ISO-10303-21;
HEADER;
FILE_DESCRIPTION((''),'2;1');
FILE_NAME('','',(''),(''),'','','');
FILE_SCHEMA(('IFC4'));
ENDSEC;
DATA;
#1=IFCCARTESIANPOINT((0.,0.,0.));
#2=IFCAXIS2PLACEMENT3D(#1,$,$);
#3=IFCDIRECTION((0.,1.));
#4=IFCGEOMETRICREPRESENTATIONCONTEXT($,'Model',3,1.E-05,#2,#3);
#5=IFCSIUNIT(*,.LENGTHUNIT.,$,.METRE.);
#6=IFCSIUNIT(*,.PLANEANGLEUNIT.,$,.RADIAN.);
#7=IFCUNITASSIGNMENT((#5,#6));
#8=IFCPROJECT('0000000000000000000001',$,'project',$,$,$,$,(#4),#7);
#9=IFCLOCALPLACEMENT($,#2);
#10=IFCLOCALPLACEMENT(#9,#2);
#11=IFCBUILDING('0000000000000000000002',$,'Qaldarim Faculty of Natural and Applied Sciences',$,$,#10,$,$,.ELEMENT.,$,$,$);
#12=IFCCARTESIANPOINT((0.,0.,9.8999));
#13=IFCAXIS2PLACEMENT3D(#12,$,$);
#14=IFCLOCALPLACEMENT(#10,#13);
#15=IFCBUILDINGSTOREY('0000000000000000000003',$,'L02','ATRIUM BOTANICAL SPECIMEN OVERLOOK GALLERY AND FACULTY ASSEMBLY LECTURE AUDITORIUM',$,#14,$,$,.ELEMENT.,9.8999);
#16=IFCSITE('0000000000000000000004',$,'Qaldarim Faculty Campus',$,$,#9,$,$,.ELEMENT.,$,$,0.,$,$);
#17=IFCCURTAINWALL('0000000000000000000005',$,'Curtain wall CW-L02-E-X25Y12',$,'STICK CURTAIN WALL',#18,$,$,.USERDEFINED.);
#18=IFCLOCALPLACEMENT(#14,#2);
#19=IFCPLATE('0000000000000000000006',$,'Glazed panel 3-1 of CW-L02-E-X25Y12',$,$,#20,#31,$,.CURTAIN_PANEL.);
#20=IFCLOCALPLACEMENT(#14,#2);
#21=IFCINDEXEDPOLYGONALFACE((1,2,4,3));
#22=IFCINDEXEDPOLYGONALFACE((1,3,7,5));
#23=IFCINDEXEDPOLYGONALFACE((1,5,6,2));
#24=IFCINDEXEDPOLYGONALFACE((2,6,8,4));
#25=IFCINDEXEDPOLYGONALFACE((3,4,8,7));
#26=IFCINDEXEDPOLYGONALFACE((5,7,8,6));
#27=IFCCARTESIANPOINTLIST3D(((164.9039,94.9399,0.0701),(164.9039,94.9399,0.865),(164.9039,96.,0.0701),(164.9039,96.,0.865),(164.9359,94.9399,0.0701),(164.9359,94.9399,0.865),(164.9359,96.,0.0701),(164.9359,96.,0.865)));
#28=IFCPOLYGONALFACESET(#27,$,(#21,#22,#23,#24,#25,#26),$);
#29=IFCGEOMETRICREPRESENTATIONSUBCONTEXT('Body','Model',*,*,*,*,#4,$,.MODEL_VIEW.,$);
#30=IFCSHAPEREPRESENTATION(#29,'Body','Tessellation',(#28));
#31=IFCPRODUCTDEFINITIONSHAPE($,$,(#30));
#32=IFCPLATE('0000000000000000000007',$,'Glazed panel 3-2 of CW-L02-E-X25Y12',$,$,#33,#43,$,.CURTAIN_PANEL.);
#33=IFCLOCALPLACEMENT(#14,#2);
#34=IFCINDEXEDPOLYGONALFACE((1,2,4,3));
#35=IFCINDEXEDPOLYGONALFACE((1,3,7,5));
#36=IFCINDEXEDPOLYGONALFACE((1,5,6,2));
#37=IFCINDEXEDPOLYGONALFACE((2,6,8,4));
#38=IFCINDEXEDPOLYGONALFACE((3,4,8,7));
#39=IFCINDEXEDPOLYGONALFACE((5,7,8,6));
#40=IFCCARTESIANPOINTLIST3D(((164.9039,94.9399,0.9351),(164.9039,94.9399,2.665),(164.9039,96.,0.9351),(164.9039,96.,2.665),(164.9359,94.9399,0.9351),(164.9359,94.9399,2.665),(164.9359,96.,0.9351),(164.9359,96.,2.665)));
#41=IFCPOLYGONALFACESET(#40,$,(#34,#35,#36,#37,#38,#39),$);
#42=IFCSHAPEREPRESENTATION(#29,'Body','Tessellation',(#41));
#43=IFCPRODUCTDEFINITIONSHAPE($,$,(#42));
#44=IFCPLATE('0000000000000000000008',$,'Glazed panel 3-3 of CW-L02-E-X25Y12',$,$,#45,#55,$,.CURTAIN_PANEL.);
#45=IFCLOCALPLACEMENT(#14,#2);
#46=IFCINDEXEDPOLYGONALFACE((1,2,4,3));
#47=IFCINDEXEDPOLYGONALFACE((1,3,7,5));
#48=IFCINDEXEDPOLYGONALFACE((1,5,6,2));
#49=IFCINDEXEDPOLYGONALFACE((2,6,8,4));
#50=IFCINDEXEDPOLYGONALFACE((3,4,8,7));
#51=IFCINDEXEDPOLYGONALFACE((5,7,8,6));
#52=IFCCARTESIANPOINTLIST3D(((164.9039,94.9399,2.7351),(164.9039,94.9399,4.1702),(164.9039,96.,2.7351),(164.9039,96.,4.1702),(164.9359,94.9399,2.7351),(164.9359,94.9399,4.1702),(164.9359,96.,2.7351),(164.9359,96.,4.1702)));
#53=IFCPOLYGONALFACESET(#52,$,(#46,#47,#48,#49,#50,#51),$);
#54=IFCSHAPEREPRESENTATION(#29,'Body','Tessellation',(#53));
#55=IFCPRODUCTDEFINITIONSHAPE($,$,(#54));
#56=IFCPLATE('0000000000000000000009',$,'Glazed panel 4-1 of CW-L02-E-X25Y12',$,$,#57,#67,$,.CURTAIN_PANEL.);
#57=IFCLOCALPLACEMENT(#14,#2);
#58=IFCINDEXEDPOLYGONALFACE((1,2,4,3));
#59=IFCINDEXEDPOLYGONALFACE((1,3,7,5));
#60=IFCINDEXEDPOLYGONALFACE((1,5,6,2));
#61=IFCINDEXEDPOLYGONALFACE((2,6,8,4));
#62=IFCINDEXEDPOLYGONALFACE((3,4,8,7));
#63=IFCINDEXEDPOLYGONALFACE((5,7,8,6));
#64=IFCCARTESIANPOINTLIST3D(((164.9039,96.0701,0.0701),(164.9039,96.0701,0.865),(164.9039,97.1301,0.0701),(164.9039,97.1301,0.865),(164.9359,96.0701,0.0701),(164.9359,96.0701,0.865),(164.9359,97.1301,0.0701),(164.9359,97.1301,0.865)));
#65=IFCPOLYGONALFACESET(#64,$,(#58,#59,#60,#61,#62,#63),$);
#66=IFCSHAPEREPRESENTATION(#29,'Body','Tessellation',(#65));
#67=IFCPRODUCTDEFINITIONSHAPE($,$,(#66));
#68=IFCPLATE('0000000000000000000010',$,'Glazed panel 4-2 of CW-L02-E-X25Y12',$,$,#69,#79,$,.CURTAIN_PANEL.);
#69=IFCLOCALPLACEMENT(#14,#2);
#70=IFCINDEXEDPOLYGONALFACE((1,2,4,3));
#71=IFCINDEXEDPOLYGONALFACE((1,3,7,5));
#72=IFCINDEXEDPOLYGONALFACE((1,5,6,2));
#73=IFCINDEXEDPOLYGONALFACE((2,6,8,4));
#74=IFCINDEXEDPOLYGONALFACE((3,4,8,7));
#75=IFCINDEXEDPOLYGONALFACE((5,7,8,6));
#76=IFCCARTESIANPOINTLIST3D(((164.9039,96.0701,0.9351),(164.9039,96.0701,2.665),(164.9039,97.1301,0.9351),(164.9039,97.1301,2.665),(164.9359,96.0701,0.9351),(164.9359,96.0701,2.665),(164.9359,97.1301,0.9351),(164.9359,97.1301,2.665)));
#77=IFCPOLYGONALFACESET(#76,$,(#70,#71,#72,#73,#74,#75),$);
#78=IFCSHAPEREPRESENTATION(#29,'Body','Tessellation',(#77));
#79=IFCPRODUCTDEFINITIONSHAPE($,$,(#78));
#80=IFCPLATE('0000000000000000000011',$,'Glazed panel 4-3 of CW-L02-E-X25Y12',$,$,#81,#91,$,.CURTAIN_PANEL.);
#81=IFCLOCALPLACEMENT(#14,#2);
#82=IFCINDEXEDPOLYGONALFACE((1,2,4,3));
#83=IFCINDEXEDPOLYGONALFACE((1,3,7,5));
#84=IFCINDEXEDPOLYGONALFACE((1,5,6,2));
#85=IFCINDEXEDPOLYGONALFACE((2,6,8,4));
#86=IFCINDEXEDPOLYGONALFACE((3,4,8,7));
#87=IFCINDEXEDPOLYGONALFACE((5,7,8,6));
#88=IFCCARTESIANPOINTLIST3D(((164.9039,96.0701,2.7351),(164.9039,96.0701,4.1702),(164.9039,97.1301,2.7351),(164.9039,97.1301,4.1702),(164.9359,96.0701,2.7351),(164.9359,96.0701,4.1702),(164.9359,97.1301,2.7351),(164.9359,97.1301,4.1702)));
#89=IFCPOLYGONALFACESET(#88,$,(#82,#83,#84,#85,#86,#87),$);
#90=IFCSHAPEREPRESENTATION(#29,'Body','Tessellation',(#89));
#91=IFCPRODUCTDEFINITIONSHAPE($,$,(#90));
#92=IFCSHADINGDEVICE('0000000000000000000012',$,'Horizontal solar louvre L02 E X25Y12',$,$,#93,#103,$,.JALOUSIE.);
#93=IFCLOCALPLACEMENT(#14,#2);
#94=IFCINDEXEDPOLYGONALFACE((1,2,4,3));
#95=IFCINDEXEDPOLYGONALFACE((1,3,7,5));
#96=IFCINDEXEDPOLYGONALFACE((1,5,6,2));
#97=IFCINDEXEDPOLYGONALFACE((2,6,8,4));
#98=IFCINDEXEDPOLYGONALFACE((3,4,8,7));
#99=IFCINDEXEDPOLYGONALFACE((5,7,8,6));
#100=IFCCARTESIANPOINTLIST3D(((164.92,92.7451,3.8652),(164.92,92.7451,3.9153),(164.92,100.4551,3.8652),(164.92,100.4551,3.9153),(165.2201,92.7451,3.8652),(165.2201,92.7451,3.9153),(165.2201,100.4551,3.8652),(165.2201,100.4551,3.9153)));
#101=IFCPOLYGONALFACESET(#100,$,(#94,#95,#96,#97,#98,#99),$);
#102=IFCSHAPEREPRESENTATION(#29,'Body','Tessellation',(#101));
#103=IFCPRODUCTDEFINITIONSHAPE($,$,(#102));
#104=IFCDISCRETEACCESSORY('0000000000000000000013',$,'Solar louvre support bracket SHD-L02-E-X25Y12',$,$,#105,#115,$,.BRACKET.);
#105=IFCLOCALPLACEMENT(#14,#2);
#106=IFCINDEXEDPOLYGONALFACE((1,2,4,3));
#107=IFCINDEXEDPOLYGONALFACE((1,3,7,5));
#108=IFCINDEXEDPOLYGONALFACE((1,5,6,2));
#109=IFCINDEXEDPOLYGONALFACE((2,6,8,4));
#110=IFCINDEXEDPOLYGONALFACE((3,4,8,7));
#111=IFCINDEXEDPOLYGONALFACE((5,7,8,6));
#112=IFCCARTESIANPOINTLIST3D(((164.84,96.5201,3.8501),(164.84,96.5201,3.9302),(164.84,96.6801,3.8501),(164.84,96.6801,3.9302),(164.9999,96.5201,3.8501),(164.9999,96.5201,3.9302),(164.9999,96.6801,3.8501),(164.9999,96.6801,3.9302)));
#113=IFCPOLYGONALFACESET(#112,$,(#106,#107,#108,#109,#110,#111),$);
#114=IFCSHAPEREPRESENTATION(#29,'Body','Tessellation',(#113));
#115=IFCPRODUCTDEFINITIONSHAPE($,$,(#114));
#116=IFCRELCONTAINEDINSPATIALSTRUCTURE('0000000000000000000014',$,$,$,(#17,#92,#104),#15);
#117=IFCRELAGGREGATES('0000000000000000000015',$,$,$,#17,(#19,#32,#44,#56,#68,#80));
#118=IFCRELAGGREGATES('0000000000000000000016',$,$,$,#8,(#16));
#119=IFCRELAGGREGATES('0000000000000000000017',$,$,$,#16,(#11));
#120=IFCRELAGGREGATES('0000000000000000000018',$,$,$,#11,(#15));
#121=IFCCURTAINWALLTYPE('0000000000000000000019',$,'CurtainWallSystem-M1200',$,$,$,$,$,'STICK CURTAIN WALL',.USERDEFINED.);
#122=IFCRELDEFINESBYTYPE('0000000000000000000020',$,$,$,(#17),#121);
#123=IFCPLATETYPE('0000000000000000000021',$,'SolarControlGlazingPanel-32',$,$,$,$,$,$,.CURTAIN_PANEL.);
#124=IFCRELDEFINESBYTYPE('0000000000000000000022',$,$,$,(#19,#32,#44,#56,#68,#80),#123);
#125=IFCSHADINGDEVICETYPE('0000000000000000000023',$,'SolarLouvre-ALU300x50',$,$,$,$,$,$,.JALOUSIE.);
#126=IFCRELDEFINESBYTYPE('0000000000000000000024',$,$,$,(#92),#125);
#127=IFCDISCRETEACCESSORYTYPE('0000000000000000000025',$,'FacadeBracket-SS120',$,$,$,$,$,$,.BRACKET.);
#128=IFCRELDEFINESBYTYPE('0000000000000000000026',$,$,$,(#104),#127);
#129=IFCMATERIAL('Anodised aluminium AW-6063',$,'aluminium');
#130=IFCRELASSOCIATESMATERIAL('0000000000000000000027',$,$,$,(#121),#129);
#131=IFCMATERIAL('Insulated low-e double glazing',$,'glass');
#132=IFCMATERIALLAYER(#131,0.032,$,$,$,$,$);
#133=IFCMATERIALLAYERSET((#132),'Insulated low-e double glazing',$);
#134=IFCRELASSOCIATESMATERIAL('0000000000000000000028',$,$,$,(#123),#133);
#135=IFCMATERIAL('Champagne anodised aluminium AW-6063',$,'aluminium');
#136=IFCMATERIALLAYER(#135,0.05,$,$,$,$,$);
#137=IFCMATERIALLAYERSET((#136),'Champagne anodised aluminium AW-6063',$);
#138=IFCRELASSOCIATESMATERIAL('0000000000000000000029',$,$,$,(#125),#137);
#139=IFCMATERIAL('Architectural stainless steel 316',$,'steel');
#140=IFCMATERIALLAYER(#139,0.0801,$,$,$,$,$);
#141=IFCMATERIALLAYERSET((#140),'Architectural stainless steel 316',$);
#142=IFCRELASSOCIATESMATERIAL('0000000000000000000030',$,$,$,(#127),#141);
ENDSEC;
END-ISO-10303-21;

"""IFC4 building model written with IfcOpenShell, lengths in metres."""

from ifc_helpers import new_model, si_unit, direction, frame, origin, origin_2d, place, context, subcontext, project, spatial, rectangle, extrude, material, layer, layer_set, type_object, element, aggregate, save


model = new_model("IFC4")

# Units and contexts
model_context = context("Model", 3, precision=1e-05, world=origin(), true_north=direction((0.0, 1.0)))
body_context = subcontext(model_context, "Body", "Model", "MODEL_VIEW")
ifc_project = project(units=[si_unit("LENGTHUNIT", "METRE"), si_unit("PLANEANGLEUNIT", "RADIAN")], contexts=[model_context])

# Site, building, storey
site_placement = place(None, origin())
site = spatial("IfcSite", under=ifc_project, at=site_placement, Name="Qaldarim Faculty Campus", CompositionType="ELEMENT", RefElevation=0.0)
building_placement = place(site_placement, origin())
building = spatial("IfcBuilding", under=site, at=building_placement, Name="Qaldarim Faculty of Natural and Applied Sciences", CompositionType="ELEMENT")
storey_placement = place(building_placement, frame((0.0, 0.0, 9.8999)))
storey = spatial("IfcBuildingStorey", under=building, at=storey_placement, Name="L02", Description="ATRIUM BOTANICAL SPECIMEN OVERLOOK GALLERY AND FACULTY ASSEMBLY LECTURE AUDITORIUM", CompositionType="ELEMENT", Elevation=9.8999)

# Curtain wall, plates
ifc_material_1 = material(Name="Anodised aluminium AW-6063", Category="aluminium")
curtain_wall_type = type_object("IfcCurtainWallType", Name="CurtainWallSystem-M1200", ElementType="STICK CURTAIN WALL", PredefinedType="USERDEFINED", material=ifc_material_1)
curtain_wall_placement = place(storey_placement, origin())
curtain_wall = element("IfcCurtainWall", 1, at=curtain_wall_placement, inside=storey, type_object=curtain_wall_type, Name="Curtain wall CW-L02-E-X25Y12", ObjectType="STICK CURTAIN WALL", PredefinedType="USERDEFINED")
ifc_material_2 = material(Name="Insulated low-e double glazing", Category="glass")
ifc_layer_1 = layer(ifc_material_2, 0.032)
ifc_layer_set_1 = layer_set([ifc_layer_1], Name="Insulated low-e double glazing")
plate_type = type_object("IfcPlateType", Name="SolarControlGlazingPanel-32", PredefinedType="CURTAIN_PANEL", material=ifc_layer_set_1)
plate_1_placement = place(storey_placement, frame((164.9199, 95.47, 0.0701), z_axis=(0.0, 0.0, 1.0), x_axis=(0.0, 1.0, 0.0)))
plate_1 = element("IfcPlate", 2, at=plate_1_placement, type_object=plate_type, Name="Glazed panel 3-1 of CW-L02-E-X25Y12", PredefinedType="CURTAIN_PANEL", context=body_context, shape_type="SweptSolid", body=[
    extrude(rectangle(XDim=1.0601, YDim=0.032, at=origin_2d()), origin(), (0.0, 0.0, 1.0), 0.7949),
])
plate_2_placement = place(storey_placement, frame((164.9199, 95.47, 0.9351), z_axis=(0.0, 0.0, 1.0), x_axis=(0.0, 1.0, 0.0)))
plate_2 = element("IfcPlate", 3, at=plate_2_placement, type_object=plate_type, Name="Glazed panel 3-2 of CW-L02-E-X25Y12", PredefinedType="CURTAIN_PANEL", context=body_context, shape_type="SweptSolid", body=[
    extrude(rectangle(XDim=1.0601, YDim=0.032, at=origin_2d()), origin(), (0.0, 0.0, 1.0), 1.73),
])
plate_3_placement = place(storey_placement, frame((164.9199, 95.47, 2.7351), z_axis=(0.0, 0.0, 1.0), x_axis=(0.0, 1.0, 0.0)))
plate_3 = element("IfcPlate", 4, at=plate_3_placement, type_object=plate_type, Name="Glazed panel 3-3 of CW-L02-E-X25Y12", PredefinedType="CURTAIN_PANEL", context=body_context, shape_type="SweptSolid", body=[
    extrude(rectangle(XDim=1.0601, YDim=0.032, at=origin_2d()), origin(), (0.0, 0.0, 1.0), 1.4351),
])
plate_4_placement = place(storey_placement, frame((164.9199, 96.6001, 0.0701), z_axis=(0.0, 0.0, 1.0), x_axis=(0.0, 1.0, 0.0)))
plate_4 = element("IfcPlate", 5, at=plate_4_placement, type_object=plate_type, Name="Glazed panel 4-1 of CW-L02-E-X25Y12", PredefinedType="CURTAIN_PANEL", context=body_context, shape_type="SweptSolid", body=[
    extrude(rectangle(XDim=1.0601, YDim=0.032, at=origin_2d()), origin(), (0.0, 0.0, 1.0), 0.7949),
])
plate_5_placement = place(storey_placement, frame((164.9199, 96.6001, 0.9351), z_axis=(0.0, 0.0, 1.0), x_axis=(0.0, 1.0, 0.0)))
plate_5 = element("IfcPlate", 6, at=plate_5_placement, type_object=plate_type, Name="Glazed panel 4-2 of CW-L02-E-X25Y12", PredefinedType="CURTAIN_PANEL", context=body_context, shape_type="SweptSolid", body=[
    extrude(rectangle(XDim=1.0601, YDim=0.032, at=origin_2d()), origin(), (0.0, 0.0, 1.0), 1.73),
])
plate_6_placement = place(storey_placement, frame((164.9199, 96.6001, 2.7351), z_axis=(0.0, 0.0, 1.0), x_axis=(0.0, 1.0, 0.0)))
plate_6 = element("IfcPlate", 7, at=plate_6_placement, type_object=plate_type, Name="Glazed panel 4-3 of CW-L02-E-X25Y12", PredefinedType="CURTAIN_PANEL", context=body_context, shape_type="SweptSolid", body=[
    extrude(rectangle(XDim=1.0601, YDim=0.032, at=origin_2d()), origin(), (0.0, 0.0, 1.0), 1.4351),
])
aggregate(curtain_wall, [plate_1, plate_2, plate_3, plate_4, plate_5, plate_6])

# Shading device
ifc_material_3 = material(Name="Champagne anodised aluminium AW-6063", Category="aluminium")
ifc_layer_2 = layer(ifc_material_3, 0.05)
ifc_layer_set_2 = layer_set([ifc_layer_2], Name="Champagne anodised aluminium AW-6063")
shading_device_type = type_object("IfcShadingDeviceType", Name="SolarLouvre-ALU300x50", PredefinedType="JALOUSIE", material=ifc_layer_set_2)
shading_device_placement = place(storey_placement, frame((165.0701, 96.6001, 3.8652), z_axis=(0.0, 0.0, 1.0), x_axis=(0.0, 1.0, 0.0)))
element("IfcShadingDevice", 8, at=shading_device_placement, inside=storey, type_object=shading_device_type, Name="Horizontal solar louvre L02 E X25Y12", PredefinedType="JALOUSIE", context=body_context, shape_type="SweptSolid", body=[
    extrude(rectangle(XDim=7.71, YDim=0.3, at=origin_2d()), origin(), (0.0, 0.0, 1.0), 0.05),
])

# Discrete accessory
ifc_material_4 = material(Name="Architectural stainless steel 316", Category="steel")
ifc_layer_3 = layer(ifc_material_4, 0.0801)
ifc_layer_set_3 = layer_set([ifc_layer_3], Name="Architectural stainless steel 316")
discrete_accessory_type = type_object("IfcDiscreteAccessoryType", Name="FacadeBracket-SS120", PredefinedType="BRACKET", material=ifc_layer_set_3)
discrete_accessory_placement = place(storey_placement, frame((164.9199, 96.6001, 3.8501), z_axis=(0.0, 0.0, 1.0), x_axis=(0.0, 1.0, 0.0)))
element("IfcDiscreteAccessory", 9, at=discrete_accessory_placement, inside=storey, type_object=discrete_accessory_type, Name="Solar louvre support bracket SHD-L02-E-X25Y12", PredefinedType="BRACKET", context=body_context, shape_type="SweptSolid", body=[
    extrude(rectangle(XDim=0.1599, YDim=0.1599, at=origin_2d()), origin(), (0.0, 0.0, 1.0), 0.0801),
])

save(model, "model.ifc")
